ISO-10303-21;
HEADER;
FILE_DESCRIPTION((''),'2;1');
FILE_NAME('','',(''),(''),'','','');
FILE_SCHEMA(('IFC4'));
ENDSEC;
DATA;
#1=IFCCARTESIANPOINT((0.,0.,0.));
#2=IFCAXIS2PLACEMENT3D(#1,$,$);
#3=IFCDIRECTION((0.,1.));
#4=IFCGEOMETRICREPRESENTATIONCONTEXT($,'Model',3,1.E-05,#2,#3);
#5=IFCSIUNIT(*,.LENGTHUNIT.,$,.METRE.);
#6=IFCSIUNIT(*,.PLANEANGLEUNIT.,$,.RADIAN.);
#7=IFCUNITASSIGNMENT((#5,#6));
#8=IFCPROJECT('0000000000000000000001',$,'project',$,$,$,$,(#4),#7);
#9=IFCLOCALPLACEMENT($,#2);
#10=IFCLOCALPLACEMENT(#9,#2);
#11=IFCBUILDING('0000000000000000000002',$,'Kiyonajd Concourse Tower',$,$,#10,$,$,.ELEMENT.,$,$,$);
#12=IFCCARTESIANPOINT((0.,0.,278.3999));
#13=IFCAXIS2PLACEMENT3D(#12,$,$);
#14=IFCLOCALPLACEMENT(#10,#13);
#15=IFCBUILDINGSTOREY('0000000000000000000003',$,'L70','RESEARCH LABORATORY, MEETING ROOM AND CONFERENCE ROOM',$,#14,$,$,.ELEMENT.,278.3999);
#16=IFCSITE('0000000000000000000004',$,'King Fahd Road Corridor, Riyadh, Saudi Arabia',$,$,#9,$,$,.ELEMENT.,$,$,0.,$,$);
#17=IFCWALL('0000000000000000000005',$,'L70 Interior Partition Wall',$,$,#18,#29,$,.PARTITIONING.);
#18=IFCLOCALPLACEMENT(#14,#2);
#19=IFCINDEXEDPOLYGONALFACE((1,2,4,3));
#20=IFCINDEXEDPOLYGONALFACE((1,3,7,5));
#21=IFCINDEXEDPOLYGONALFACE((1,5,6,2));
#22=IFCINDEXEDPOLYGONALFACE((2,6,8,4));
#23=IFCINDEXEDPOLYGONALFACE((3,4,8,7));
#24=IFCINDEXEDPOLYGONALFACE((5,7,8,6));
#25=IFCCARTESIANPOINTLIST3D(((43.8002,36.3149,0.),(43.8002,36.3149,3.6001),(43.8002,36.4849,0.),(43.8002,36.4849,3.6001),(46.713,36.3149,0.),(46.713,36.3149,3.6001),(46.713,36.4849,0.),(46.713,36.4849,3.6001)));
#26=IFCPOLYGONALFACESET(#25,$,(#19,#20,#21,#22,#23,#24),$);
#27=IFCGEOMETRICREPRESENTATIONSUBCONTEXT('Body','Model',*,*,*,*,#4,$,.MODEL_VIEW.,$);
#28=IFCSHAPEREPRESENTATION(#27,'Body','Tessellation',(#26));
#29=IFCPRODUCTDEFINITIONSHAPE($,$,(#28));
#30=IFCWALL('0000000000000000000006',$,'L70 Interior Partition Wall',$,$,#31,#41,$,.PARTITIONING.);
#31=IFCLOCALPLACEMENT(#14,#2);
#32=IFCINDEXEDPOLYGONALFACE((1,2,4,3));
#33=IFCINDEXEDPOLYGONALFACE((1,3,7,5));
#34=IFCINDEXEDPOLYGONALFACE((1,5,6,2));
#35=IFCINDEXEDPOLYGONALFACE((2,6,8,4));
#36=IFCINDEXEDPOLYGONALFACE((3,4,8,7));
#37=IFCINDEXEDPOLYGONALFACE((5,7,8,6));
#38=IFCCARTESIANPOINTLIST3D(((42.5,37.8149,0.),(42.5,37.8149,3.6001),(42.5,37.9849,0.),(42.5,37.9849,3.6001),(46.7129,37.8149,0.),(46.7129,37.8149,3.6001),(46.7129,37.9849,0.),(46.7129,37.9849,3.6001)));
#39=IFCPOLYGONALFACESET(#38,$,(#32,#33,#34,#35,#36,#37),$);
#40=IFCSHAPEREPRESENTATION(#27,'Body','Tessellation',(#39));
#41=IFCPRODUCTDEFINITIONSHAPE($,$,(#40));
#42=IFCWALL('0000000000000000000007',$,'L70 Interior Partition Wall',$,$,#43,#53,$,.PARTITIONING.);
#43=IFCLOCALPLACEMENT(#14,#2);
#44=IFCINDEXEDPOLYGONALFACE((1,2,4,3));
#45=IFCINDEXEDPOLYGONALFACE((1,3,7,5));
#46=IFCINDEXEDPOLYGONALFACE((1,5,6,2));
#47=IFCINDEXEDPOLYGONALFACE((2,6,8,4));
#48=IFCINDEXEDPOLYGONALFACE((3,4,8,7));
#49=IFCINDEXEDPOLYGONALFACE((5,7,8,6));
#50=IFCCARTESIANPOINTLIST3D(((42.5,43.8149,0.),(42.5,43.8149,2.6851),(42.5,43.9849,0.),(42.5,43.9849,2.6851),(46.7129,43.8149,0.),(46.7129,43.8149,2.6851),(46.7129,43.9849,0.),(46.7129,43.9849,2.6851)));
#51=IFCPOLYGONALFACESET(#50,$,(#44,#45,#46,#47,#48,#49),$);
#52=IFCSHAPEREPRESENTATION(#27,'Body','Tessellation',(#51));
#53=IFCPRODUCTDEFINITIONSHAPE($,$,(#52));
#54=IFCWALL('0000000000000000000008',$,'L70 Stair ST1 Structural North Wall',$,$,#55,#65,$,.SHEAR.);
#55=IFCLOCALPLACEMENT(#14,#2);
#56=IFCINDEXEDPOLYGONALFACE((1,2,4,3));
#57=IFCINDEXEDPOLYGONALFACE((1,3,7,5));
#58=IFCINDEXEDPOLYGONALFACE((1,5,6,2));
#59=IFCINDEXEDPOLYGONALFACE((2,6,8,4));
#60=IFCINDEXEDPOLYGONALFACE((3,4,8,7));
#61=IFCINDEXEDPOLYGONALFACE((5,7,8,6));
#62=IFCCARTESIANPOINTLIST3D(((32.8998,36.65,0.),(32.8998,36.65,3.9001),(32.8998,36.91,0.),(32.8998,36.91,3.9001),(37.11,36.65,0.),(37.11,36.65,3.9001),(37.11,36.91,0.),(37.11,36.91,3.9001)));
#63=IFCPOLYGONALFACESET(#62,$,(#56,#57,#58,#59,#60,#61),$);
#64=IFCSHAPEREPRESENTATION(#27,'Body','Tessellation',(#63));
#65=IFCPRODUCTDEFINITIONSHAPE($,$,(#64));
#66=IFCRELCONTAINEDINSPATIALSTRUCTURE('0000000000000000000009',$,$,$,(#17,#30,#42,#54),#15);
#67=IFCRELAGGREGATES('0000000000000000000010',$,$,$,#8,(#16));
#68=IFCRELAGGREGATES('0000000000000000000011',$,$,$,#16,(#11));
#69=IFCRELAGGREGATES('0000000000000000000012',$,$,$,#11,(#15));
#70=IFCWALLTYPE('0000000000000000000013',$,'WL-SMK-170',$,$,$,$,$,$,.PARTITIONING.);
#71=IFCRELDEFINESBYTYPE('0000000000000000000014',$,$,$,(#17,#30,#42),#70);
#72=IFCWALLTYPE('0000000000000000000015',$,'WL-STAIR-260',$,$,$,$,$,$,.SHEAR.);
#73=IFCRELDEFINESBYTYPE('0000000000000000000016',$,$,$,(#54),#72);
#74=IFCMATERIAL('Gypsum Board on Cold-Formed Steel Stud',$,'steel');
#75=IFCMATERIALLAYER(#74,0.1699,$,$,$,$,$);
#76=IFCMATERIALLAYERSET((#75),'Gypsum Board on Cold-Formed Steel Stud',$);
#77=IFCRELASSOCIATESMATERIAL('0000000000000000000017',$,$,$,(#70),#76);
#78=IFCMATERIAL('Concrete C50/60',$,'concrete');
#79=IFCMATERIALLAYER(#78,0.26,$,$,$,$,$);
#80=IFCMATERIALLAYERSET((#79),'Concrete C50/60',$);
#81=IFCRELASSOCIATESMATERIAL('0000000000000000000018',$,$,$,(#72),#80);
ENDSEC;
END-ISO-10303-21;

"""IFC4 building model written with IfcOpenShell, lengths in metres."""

from ifc_helpers import new_model, si_unit, direction, frame, frame_2d, origin, place, context, subcontext, project, spatial, rectangle, extrude, material, layer, layer_set, type_object, element, save


model = new_model("IFC4")

# Units and contexts
model_context = context("Model", 3, precision=1e-05, world=origin(), true_north=direction((0.0, 1.0)))
body_context = subcontext(model_context, "Body", "Model", "MODEL_VIEW")
ifc_project = project(units=[si_unit("LENGTHUNIT", "METRE"), si_unit("PLANEANGLEUNIT", "RADIAN")], contexts=[model_context])

# Site, building, storey
site_placement = place(None, origin())
site = spatial("IfcSite", under=ifc_project, at=site_placement, Name="King Fahd Road Corridor, Riyadh, Saudi Arabia", CompositionType="ELEMENT", RefElevation=0.0)
building_placement = place(site_placement, origin())
building = spatial("IfcBuilding", under=site, at=building_placement, Name="Kiyonajd Concourse Tower", CompositionType="ELEMENT")
storey_placement = place(building_placement, frame((0.0, 0.0, 278.3999)))
storey = spatial("IfcBuildingStorey", under=building, at=storey_placement, Name="L70", Description="RESEARCH LABORATORY, MEETING ROOM AND CONFERENCE ROOM", CompositionType="ELEMENT", Elevation=278.3999)

# Shared definitions
ifc_material_1 = material(Name="Gypsum Board on Cold-Formed Steel Stud", Category="steel")

# Shared definitions
ifc_layer_1 = layer(ifc_material_1, 0.1699)
ifc_layer_set_1 = layer_set([ifc_layer_1], Name="Gypsum Board on Cold-Formed Steel Stud")
wall_type_1 = type_object("IfcWallType", Name="WL-SMK-170", PredefinedType="PARTITIONING", material=ifc_layer_set_1)

# Walls
wall_1_placement = place(storey_placement, frame((43.8, 36.3999, 0.0), z_axis=(0.0, 0.0, 1.0), x_axis=(1.0, 0.0, 0.0)))
element("IfcWall", 1, at=wall_1_placement, inside=storey, type_object=wall_type_1, Name="L70 Interior Partition Wall", PredefinedType="PARTITIONING", context=body_context, shape_type="SweptSolid", body=[
    extrude(rectangle(XDim=2.9128, YDim=0.1699, at=frame_2d((1.4565, 0.0))), origin(), (0.0, 0.0, 1.0), 3.6001),
])
wall_2_placement = place(storey_placement, frame((42.5, 37.8999, 0.0), z_axis=(0.0, 0.0, 1.0), x_axis=(1.0, 0.0, 0.0)))
element("IfcWall", 2, at=wall_2_placement, inside=storey, type_object=wall_type_1, Name="L70 Interior Partition Wall", PredefinedType="PARTITIONING", context=body_context, shape_type="SweptSolid", body=[
    extrude(rectangle(XDim=4.2129, YDim=0.1699, at=frame_2d((2.1064, 0.0))), origin(), (0.0, 0.0, 1.0), 3.6001),
])
wall_3_placement = place(storey_placement, frame((42.5, 43.8999, 0.0), z_axis=(0.0, 0.0, 1.0), x_axis=(1.0, 0.0, 0.0)))
element("IfcWall", 3, at=wall_3_placement, inside=storey, type_object=wall_type_1, Name="L70 Interior Partition Wall", PredefinedType="PARTITIONING", context=body_context, shape_type="SweptSolid", body=[
    extrude(rectangle(XDim=4.2129, YDim=0.1699, at=frame_2d((2.1064, 0.0))), origin(), (0.0, 0.0, 1.0), 2.6851),
])
ifc_material_2 = material(Name="Concrete C50/60", Category="concrete")
ifc_layer_2 = layer(ifc_material_2, 0.26)
ifc_layer_set_2 = layer_set([ifc_layer_2], Name="Concrete C50/60")
wall_type_2 = type_object("IfcWallType", Name="WL-STAIR-260", PredefinedType="SHEAR", material=ifc_layer_set_2)
wall_4_placement = place(storey_placement, frame((32.8999, 36.78, 0.0), z_axis=(0.0, 0.0, 1.0), x_axis=(1.0, 0.0, 0.0)))
element("IfcWall", 4, at=wall_4_placement, inside=storey, type_object=wall_type_2, Name="L70 Stair ST1 Structural North Wall", PredefinedType="SHEAR", context=body_context, shape_type="SweptSolid", body=[
    extrude(rectangle(XDim=4.2102, YDim=0.26, at=frame_2d((2.105, 0.0))), origin(), (0.0, 0.0, 1.0), 3.9001),
])

save(model, "model.ifc")
